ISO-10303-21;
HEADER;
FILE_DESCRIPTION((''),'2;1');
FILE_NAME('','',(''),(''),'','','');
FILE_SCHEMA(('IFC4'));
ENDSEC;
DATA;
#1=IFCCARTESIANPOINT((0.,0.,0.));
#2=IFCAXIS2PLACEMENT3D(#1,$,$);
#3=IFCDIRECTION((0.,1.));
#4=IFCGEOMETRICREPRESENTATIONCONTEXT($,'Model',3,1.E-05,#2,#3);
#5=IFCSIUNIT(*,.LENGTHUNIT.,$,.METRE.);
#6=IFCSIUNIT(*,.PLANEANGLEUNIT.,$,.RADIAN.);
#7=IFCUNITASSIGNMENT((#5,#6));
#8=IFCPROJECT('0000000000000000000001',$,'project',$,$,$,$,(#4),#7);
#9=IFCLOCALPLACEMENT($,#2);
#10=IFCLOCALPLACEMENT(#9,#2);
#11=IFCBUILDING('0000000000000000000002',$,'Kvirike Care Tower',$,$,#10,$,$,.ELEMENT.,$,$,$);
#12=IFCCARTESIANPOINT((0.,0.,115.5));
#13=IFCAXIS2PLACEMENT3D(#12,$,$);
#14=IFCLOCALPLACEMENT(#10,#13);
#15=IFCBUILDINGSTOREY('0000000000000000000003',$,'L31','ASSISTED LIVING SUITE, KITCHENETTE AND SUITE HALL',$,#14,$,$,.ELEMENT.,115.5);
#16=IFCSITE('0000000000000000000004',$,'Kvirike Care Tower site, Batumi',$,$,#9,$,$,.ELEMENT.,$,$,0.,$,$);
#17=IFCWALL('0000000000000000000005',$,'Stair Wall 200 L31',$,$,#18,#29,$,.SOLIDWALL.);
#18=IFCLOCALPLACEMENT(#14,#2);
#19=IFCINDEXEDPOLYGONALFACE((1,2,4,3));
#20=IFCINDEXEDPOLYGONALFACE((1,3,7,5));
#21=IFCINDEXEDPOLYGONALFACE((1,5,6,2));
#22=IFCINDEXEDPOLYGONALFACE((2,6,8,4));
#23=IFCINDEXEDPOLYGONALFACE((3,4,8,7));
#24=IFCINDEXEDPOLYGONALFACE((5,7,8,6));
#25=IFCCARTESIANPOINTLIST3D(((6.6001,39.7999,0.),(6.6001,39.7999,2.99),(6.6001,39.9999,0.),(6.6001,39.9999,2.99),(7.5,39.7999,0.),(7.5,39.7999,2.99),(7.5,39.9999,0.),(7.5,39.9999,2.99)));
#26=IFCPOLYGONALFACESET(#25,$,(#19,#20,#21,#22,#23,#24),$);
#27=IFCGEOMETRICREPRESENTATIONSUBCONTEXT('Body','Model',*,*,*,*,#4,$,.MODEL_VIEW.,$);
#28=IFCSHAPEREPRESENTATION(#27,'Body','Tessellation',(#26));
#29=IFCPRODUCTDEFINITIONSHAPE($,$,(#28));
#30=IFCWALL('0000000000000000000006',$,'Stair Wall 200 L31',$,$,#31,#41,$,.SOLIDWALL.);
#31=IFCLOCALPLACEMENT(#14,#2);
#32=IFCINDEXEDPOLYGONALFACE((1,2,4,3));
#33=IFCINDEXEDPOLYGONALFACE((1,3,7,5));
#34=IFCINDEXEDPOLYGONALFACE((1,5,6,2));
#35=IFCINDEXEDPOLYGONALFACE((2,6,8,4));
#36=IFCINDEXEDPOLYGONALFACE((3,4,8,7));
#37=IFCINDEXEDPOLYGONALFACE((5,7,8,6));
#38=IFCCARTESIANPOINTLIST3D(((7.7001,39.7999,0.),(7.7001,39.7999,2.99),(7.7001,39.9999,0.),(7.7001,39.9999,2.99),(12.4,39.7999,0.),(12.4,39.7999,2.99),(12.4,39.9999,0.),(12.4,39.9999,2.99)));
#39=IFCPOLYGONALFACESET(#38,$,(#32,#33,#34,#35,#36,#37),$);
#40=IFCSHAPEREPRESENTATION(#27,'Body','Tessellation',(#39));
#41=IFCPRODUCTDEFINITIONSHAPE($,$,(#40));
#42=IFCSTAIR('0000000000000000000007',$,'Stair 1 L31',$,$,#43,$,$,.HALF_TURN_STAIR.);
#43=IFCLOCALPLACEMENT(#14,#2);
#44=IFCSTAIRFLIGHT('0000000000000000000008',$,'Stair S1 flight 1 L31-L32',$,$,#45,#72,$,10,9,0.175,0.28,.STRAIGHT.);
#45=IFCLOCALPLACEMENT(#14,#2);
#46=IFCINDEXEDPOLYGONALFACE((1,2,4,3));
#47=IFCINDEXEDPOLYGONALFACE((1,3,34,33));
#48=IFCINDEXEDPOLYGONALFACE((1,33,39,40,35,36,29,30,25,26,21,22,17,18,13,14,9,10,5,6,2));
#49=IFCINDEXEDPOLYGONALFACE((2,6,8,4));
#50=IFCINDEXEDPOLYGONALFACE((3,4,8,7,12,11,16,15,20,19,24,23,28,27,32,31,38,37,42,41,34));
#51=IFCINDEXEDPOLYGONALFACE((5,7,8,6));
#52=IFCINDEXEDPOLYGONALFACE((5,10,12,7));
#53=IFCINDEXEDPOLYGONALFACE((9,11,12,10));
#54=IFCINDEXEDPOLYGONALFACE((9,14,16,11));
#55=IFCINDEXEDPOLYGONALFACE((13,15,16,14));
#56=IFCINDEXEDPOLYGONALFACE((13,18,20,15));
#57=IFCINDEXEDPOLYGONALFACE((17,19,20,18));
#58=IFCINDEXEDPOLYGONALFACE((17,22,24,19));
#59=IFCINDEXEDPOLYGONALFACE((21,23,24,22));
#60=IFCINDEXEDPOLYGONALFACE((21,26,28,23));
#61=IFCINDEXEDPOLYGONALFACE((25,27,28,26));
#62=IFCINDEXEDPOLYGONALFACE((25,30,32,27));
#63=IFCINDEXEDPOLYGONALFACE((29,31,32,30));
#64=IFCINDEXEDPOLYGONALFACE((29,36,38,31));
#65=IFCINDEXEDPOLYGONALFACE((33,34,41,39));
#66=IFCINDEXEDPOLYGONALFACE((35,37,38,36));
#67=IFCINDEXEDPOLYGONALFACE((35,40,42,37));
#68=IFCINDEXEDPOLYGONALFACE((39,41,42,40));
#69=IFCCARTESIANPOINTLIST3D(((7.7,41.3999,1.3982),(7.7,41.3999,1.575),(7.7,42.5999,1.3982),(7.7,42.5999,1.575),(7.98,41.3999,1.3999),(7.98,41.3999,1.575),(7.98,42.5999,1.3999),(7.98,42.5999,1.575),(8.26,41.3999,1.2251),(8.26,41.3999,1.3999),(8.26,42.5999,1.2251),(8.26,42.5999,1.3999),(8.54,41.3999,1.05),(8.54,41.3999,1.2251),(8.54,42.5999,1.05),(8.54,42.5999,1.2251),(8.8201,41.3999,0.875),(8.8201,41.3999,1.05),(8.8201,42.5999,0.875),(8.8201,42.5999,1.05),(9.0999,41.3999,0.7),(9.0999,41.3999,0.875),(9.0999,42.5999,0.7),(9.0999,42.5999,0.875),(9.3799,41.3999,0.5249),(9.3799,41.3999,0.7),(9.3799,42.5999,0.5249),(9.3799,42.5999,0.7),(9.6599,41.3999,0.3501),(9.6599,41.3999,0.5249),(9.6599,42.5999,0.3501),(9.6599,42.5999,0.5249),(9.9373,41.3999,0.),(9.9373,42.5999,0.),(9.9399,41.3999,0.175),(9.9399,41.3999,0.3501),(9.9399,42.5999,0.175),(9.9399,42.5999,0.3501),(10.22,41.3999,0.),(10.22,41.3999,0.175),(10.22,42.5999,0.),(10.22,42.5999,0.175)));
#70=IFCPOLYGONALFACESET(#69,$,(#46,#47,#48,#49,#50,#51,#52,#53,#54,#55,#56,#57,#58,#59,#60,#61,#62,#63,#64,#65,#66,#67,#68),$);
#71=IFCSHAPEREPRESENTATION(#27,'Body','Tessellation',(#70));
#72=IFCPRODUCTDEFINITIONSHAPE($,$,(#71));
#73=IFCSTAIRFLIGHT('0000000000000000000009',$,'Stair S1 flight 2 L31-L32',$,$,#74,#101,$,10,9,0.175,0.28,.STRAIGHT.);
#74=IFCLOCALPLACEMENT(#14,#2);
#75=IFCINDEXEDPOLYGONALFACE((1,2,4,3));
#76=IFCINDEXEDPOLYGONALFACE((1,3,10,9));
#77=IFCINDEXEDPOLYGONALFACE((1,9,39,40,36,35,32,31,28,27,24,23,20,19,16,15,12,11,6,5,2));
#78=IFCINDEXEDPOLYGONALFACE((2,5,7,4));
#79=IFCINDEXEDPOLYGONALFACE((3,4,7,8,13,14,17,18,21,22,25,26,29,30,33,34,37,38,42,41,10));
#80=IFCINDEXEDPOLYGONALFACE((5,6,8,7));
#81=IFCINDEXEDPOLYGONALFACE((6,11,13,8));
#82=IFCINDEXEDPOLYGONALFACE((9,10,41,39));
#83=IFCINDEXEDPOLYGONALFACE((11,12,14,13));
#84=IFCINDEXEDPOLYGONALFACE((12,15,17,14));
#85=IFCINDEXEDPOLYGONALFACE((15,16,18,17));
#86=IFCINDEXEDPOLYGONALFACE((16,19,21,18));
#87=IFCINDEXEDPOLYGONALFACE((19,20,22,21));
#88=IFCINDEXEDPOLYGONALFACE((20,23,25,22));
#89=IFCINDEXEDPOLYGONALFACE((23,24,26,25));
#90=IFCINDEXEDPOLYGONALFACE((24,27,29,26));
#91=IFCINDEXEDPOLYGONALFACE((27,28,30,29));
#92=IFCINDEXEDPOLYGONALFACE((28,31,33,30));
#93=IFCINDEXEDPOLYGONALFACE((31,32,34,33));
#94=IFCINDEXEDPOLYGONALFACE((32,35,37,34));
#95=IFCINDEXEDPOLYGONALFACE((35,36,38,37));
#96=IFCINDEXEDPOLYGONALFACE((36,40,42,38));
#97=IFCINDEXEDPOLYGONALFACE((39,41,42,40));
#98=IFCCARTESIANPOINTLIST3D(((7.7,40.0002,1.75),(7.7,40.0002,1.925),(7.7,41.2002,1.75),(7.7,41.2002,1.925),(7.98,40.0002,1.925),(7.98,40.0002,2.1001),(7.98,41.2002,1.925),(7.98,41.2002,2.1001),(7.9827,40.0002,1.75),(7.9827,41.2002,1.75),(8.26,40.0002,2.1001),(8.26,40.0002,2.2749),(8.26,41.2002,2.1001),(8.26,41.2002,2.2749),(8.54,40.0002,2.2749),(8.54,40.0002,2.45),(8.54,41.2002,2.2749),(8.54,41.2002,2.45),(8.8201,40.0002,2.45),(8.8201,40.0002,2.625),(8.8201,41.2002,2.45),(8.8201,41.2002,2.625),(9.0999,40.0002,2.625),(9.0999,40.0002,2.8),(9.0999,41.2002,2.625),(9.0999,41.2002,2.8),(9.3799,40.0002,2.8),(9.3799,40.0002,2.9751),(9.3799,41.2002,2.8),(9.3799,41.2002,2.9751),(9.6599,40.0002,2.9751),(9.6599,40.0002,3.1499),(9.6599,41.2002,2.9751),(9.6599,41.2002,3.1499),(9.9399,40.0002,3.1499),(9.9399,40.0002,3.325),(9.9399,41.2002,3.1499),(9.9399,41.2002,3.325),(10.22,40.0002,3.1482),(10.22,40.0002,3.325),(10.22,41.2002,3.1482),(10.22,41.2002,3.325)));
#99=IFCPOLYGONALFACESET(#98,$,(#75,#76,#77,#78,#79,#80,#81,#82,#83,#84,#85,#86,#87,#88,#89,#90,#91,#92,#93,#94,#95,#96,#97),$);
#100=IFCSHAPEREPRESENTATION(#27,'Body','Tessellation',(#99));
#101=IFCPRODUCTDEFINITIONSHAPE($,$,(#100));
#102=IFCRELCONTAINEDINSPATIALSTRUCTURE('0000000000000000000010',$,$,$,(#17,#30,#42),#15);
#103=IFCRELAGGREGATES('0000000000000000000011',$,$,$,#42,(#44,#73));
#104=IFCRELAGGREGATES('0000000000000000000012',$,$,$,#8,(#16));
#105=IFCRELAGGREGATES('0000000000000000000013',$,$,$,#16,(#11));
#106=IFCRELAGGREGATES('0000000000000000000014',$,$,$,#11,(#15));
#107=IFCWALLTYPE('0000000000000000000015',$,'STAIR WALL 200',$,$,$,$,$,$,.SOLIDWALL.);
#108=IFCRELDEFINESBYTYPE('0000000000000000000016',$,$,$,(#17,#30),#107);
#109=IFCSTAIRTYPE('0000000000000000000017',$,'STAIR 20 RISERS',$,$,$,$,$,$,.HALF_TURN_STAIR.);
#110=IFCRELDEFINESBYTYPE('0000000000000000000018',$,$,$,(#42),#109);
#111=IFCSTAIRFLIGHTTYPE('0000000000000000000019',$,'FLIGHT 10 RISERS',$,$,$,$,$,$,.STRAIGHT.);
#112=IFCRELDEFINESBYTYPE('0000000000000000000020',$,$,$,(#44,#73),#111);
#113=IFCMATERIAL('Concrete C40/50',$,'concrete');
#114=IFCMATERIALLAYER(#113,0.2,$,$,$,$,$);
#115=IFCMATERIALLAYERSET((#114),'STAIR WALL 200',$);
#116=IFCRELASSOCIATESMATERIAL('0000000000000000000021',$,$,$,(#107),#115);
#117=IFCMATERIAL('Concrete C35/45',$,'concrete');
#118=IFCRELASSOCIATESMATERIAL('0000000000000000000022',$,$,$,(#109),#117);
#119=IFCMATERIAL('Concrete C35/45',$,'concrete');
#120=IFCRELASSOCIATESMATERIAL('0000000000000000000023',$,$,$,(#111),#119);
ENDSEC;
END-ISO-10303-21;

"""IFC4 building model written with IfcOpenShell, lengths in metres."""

from ifc_helpers import new_model, si_unit, direction, frame, frame_2d, origin, place, context, subcontext, project, spatial, polyline, rectangle, outline, extrude, material, layer, layer_set, type_object, element, aggregate, save


model = new_model("IFC4")

# Units and contexts
model_context = context("Model", 3, precision=1e-05, world=origin(), true_north=direction((0.0, 1.0)))
body_context = subcontext(model_context, "Body", "Model", "MODEL_VIEW")
ifc_project = project(units=[si_unit("LENGTHUNIT", "METRE"), si_unit("PLANEANGLEUNIT", "RADIAN")], contexts=[model_context])

# Site, building, storey
site_placement = place(None, origin())
site = spatial("IfcSite", under=ifc_project, at=site_placement, Name="Kvirike Care Tower site, Batumi", CompositionType="ELEMENT", RefElevation=0.0)
building_placement = place(site_placement, origin())
building = spatial("IfcBuilding", under=site, at=building_placement, Name="Kvirike Care Tower", CompositionType="ELEMENT")
storey_placement = place(building_placement, frame((0.0, 0.0, 115.5)))
storey = spatial("IfcBuildingStorey", under=building, at=storey_placement, Name="L31", Description="ASSISTED LIVING SUITE, KITCHENETTE AND SUITE HALL", CompositionType="ELEMENT", Elevation=115.5)

# Walls
ifc_material_1 = material(Name="Concrete C40/50", Category="concrete")
ifc_layer_1 = layer(ifc_material_1, 0.2)
ifc_layer_set_1 = layer_set([ifc_layer_1], Name="STAIR WALL 200")
wall_type_1 = type_object("IfcWallType", Name="STAIR WALL 200", PredefinedType="SOLIDWALL", material=ifc_layer_set_1)
wall_1_placement = place(storey_placement, frame((6.6001, 39.8999, 0.0), z_axis=(0.0, 0.0, 1.0), x_axis=(1.0, 0.0, 0.0)))
element("IfcWall", 1, at=wall_1_placement, inside=storey, type_object=wall_type_1, Name="Stair Wall 200 L31", PredefinedType="SOLIDWALL", context=body_context, shape_type="SweptSolid", body=[
    extrude(rectangle(XDim=0.8999, YDim=0.2, at=frame_2d((0.45, 0.0))), origin(), (0.0, 0.0, 1.0), 2.99),
])
wall_2_placement = place(storey_placement, frame((7.7, 39.8999, 0.0), z_axis=(0.0, 0.0, 1.0), x_axis=(1.0, 0.0, 0.0)))
element("IfcWall", 2, at=wall_2_placement, inside=storey, type_object=wall_type_1, Name="Stair Wall 200 L31", PredefinedType="SOLIDWALL", context=body_context, shape_type="SweptSolid", body=[
    extrude(rectangle(XDim=4.7, YDim=0.2, at=frame_2d((2.3501, 0.0))), origin(), (0.0, 0.0, 1.0), 2.99),
])

# Stair, stair flights
ifc_material_2 = material(Name="Concrete C35/45", Category="concrete")
stair_type = type_object("IfcStairType", Name="STAIR 20 RISERS", PredefinedType="HALF_TURN_STAIR", material=ifc_material_2)
stair_placement = place(storey_placement, origin())
stair = element("IfcStair", 3, at=stair_placement, inside=storey, type_object=stair_type, Name="Stair 1 L31", PredefinedType="HALF_TURN_STAIR")
ifc_material_3 = material(Name="Concrete C35/45", Category="concrete")
stair_flight_type = type_object("IfcStairFlightType", Name="FLIGHT 10 RISERS", PredefinedType="STRAIGHT", material=ifc_material_3)
stair_flight_1_placement = place(storey_placement, frame((10.22, 42.0, 0.0), z_axis=(0.0, 0.0, 1.0), x_axis=(-1.0, 0.0, 0.0)))
stair_flight_1 = element("IfcStairFlight", 4, at=stair_flight_1_placement, type_object=stair_flight_type, Name="Stair S1 flight 1 L31-L32", NumberOfRisers=10, NumberOfTreads=9, PredefinedType="STRAIGHT", RiserHeight=0.175, TreadLength=0.28, context=body_context, shape_type="SweptSolid", body=[
    extrude(outline(polyline([(0.0, 0.0), (0.0, 0.175), (0.28, 0.175), (0.28, 0.3501), (0.5601, 0.3501), (0.5601, 0.5249), (0.8401, 0.5249), (0.8401, 0.7), (1.1201, 0.7), (1.1201, 0.875), (1.3999, 0.875), (1.3999, 1.05), (1.6799, 1.05), (1.6799, 1.2251), (1.96, 1.2251), (1.96, 1.3999), (2.24, 1.3999), (2.24, 1.575), (2.52, 1.575), (2.52, 1.75), (2.52, 1.3982), (0.2827, 0.0), (0.0, 0.0)])), frame((0.0, 0.6001, 0.0), z_axis=(0.0, -1.0, 0.0), x_axis=(1.0, 0.0, 0.0)), (0.0, 0.0, 1.0), 1.2),
])
stair_flight_2_placement = place(storey_placement, frame((7.7, 40.6001, 1.75), z_axis=(0.0, 0.0, 1.0), x_axis=(1.0, 0.0, 0.0)))
stair_flight_2 = element("IfcStairFlight", 5, at=stair_flight_2_placement, type_object=stair_flight_type, Name="Stair S1 flight 2 L31-L32", NumberOfRisers=10, NumberOfTreads=9, PredefinedType="STRAIGHT", RiserHeight=0.175, TreadLength=0.28, context=body_context, shape_type="SweptSolid", body=[
    extrude(outline(polyline([(0.0, 0.0), (0.0, 0.175), (0.28, 0.175), (0.28, 0.3501), (0.5601, 0.3501), (0.5601, 0.5249), (0.8401, 0.5249), (0.8401, 0.7), (1.1201, 0.7), (1.1201, 0.875), (1.3999, 0.875), (1.3999, 1.05), (1.6799, 1.05), (1.6799, 1.2251), (1.96, 1.2251), (1.96, 1.3999), (2.24, 1.3999), (2.24, 1.575), (2.52, 1.575), (2.52, 1.75), (2.52, 1.3982), (0.2827, 0.0), (0.0, 0.0)])), frame((0.0, 0.6001, 0.0), z_axis=(0.0, -1.0, 0.0), x_axis=(1.0, 0.0, 0.0)), (0.0, 0.0, 1.0), 1.2),
])
aggregate(stair, [stair_flight_1, stair_flight_2])

save(model, "model.ifc")
